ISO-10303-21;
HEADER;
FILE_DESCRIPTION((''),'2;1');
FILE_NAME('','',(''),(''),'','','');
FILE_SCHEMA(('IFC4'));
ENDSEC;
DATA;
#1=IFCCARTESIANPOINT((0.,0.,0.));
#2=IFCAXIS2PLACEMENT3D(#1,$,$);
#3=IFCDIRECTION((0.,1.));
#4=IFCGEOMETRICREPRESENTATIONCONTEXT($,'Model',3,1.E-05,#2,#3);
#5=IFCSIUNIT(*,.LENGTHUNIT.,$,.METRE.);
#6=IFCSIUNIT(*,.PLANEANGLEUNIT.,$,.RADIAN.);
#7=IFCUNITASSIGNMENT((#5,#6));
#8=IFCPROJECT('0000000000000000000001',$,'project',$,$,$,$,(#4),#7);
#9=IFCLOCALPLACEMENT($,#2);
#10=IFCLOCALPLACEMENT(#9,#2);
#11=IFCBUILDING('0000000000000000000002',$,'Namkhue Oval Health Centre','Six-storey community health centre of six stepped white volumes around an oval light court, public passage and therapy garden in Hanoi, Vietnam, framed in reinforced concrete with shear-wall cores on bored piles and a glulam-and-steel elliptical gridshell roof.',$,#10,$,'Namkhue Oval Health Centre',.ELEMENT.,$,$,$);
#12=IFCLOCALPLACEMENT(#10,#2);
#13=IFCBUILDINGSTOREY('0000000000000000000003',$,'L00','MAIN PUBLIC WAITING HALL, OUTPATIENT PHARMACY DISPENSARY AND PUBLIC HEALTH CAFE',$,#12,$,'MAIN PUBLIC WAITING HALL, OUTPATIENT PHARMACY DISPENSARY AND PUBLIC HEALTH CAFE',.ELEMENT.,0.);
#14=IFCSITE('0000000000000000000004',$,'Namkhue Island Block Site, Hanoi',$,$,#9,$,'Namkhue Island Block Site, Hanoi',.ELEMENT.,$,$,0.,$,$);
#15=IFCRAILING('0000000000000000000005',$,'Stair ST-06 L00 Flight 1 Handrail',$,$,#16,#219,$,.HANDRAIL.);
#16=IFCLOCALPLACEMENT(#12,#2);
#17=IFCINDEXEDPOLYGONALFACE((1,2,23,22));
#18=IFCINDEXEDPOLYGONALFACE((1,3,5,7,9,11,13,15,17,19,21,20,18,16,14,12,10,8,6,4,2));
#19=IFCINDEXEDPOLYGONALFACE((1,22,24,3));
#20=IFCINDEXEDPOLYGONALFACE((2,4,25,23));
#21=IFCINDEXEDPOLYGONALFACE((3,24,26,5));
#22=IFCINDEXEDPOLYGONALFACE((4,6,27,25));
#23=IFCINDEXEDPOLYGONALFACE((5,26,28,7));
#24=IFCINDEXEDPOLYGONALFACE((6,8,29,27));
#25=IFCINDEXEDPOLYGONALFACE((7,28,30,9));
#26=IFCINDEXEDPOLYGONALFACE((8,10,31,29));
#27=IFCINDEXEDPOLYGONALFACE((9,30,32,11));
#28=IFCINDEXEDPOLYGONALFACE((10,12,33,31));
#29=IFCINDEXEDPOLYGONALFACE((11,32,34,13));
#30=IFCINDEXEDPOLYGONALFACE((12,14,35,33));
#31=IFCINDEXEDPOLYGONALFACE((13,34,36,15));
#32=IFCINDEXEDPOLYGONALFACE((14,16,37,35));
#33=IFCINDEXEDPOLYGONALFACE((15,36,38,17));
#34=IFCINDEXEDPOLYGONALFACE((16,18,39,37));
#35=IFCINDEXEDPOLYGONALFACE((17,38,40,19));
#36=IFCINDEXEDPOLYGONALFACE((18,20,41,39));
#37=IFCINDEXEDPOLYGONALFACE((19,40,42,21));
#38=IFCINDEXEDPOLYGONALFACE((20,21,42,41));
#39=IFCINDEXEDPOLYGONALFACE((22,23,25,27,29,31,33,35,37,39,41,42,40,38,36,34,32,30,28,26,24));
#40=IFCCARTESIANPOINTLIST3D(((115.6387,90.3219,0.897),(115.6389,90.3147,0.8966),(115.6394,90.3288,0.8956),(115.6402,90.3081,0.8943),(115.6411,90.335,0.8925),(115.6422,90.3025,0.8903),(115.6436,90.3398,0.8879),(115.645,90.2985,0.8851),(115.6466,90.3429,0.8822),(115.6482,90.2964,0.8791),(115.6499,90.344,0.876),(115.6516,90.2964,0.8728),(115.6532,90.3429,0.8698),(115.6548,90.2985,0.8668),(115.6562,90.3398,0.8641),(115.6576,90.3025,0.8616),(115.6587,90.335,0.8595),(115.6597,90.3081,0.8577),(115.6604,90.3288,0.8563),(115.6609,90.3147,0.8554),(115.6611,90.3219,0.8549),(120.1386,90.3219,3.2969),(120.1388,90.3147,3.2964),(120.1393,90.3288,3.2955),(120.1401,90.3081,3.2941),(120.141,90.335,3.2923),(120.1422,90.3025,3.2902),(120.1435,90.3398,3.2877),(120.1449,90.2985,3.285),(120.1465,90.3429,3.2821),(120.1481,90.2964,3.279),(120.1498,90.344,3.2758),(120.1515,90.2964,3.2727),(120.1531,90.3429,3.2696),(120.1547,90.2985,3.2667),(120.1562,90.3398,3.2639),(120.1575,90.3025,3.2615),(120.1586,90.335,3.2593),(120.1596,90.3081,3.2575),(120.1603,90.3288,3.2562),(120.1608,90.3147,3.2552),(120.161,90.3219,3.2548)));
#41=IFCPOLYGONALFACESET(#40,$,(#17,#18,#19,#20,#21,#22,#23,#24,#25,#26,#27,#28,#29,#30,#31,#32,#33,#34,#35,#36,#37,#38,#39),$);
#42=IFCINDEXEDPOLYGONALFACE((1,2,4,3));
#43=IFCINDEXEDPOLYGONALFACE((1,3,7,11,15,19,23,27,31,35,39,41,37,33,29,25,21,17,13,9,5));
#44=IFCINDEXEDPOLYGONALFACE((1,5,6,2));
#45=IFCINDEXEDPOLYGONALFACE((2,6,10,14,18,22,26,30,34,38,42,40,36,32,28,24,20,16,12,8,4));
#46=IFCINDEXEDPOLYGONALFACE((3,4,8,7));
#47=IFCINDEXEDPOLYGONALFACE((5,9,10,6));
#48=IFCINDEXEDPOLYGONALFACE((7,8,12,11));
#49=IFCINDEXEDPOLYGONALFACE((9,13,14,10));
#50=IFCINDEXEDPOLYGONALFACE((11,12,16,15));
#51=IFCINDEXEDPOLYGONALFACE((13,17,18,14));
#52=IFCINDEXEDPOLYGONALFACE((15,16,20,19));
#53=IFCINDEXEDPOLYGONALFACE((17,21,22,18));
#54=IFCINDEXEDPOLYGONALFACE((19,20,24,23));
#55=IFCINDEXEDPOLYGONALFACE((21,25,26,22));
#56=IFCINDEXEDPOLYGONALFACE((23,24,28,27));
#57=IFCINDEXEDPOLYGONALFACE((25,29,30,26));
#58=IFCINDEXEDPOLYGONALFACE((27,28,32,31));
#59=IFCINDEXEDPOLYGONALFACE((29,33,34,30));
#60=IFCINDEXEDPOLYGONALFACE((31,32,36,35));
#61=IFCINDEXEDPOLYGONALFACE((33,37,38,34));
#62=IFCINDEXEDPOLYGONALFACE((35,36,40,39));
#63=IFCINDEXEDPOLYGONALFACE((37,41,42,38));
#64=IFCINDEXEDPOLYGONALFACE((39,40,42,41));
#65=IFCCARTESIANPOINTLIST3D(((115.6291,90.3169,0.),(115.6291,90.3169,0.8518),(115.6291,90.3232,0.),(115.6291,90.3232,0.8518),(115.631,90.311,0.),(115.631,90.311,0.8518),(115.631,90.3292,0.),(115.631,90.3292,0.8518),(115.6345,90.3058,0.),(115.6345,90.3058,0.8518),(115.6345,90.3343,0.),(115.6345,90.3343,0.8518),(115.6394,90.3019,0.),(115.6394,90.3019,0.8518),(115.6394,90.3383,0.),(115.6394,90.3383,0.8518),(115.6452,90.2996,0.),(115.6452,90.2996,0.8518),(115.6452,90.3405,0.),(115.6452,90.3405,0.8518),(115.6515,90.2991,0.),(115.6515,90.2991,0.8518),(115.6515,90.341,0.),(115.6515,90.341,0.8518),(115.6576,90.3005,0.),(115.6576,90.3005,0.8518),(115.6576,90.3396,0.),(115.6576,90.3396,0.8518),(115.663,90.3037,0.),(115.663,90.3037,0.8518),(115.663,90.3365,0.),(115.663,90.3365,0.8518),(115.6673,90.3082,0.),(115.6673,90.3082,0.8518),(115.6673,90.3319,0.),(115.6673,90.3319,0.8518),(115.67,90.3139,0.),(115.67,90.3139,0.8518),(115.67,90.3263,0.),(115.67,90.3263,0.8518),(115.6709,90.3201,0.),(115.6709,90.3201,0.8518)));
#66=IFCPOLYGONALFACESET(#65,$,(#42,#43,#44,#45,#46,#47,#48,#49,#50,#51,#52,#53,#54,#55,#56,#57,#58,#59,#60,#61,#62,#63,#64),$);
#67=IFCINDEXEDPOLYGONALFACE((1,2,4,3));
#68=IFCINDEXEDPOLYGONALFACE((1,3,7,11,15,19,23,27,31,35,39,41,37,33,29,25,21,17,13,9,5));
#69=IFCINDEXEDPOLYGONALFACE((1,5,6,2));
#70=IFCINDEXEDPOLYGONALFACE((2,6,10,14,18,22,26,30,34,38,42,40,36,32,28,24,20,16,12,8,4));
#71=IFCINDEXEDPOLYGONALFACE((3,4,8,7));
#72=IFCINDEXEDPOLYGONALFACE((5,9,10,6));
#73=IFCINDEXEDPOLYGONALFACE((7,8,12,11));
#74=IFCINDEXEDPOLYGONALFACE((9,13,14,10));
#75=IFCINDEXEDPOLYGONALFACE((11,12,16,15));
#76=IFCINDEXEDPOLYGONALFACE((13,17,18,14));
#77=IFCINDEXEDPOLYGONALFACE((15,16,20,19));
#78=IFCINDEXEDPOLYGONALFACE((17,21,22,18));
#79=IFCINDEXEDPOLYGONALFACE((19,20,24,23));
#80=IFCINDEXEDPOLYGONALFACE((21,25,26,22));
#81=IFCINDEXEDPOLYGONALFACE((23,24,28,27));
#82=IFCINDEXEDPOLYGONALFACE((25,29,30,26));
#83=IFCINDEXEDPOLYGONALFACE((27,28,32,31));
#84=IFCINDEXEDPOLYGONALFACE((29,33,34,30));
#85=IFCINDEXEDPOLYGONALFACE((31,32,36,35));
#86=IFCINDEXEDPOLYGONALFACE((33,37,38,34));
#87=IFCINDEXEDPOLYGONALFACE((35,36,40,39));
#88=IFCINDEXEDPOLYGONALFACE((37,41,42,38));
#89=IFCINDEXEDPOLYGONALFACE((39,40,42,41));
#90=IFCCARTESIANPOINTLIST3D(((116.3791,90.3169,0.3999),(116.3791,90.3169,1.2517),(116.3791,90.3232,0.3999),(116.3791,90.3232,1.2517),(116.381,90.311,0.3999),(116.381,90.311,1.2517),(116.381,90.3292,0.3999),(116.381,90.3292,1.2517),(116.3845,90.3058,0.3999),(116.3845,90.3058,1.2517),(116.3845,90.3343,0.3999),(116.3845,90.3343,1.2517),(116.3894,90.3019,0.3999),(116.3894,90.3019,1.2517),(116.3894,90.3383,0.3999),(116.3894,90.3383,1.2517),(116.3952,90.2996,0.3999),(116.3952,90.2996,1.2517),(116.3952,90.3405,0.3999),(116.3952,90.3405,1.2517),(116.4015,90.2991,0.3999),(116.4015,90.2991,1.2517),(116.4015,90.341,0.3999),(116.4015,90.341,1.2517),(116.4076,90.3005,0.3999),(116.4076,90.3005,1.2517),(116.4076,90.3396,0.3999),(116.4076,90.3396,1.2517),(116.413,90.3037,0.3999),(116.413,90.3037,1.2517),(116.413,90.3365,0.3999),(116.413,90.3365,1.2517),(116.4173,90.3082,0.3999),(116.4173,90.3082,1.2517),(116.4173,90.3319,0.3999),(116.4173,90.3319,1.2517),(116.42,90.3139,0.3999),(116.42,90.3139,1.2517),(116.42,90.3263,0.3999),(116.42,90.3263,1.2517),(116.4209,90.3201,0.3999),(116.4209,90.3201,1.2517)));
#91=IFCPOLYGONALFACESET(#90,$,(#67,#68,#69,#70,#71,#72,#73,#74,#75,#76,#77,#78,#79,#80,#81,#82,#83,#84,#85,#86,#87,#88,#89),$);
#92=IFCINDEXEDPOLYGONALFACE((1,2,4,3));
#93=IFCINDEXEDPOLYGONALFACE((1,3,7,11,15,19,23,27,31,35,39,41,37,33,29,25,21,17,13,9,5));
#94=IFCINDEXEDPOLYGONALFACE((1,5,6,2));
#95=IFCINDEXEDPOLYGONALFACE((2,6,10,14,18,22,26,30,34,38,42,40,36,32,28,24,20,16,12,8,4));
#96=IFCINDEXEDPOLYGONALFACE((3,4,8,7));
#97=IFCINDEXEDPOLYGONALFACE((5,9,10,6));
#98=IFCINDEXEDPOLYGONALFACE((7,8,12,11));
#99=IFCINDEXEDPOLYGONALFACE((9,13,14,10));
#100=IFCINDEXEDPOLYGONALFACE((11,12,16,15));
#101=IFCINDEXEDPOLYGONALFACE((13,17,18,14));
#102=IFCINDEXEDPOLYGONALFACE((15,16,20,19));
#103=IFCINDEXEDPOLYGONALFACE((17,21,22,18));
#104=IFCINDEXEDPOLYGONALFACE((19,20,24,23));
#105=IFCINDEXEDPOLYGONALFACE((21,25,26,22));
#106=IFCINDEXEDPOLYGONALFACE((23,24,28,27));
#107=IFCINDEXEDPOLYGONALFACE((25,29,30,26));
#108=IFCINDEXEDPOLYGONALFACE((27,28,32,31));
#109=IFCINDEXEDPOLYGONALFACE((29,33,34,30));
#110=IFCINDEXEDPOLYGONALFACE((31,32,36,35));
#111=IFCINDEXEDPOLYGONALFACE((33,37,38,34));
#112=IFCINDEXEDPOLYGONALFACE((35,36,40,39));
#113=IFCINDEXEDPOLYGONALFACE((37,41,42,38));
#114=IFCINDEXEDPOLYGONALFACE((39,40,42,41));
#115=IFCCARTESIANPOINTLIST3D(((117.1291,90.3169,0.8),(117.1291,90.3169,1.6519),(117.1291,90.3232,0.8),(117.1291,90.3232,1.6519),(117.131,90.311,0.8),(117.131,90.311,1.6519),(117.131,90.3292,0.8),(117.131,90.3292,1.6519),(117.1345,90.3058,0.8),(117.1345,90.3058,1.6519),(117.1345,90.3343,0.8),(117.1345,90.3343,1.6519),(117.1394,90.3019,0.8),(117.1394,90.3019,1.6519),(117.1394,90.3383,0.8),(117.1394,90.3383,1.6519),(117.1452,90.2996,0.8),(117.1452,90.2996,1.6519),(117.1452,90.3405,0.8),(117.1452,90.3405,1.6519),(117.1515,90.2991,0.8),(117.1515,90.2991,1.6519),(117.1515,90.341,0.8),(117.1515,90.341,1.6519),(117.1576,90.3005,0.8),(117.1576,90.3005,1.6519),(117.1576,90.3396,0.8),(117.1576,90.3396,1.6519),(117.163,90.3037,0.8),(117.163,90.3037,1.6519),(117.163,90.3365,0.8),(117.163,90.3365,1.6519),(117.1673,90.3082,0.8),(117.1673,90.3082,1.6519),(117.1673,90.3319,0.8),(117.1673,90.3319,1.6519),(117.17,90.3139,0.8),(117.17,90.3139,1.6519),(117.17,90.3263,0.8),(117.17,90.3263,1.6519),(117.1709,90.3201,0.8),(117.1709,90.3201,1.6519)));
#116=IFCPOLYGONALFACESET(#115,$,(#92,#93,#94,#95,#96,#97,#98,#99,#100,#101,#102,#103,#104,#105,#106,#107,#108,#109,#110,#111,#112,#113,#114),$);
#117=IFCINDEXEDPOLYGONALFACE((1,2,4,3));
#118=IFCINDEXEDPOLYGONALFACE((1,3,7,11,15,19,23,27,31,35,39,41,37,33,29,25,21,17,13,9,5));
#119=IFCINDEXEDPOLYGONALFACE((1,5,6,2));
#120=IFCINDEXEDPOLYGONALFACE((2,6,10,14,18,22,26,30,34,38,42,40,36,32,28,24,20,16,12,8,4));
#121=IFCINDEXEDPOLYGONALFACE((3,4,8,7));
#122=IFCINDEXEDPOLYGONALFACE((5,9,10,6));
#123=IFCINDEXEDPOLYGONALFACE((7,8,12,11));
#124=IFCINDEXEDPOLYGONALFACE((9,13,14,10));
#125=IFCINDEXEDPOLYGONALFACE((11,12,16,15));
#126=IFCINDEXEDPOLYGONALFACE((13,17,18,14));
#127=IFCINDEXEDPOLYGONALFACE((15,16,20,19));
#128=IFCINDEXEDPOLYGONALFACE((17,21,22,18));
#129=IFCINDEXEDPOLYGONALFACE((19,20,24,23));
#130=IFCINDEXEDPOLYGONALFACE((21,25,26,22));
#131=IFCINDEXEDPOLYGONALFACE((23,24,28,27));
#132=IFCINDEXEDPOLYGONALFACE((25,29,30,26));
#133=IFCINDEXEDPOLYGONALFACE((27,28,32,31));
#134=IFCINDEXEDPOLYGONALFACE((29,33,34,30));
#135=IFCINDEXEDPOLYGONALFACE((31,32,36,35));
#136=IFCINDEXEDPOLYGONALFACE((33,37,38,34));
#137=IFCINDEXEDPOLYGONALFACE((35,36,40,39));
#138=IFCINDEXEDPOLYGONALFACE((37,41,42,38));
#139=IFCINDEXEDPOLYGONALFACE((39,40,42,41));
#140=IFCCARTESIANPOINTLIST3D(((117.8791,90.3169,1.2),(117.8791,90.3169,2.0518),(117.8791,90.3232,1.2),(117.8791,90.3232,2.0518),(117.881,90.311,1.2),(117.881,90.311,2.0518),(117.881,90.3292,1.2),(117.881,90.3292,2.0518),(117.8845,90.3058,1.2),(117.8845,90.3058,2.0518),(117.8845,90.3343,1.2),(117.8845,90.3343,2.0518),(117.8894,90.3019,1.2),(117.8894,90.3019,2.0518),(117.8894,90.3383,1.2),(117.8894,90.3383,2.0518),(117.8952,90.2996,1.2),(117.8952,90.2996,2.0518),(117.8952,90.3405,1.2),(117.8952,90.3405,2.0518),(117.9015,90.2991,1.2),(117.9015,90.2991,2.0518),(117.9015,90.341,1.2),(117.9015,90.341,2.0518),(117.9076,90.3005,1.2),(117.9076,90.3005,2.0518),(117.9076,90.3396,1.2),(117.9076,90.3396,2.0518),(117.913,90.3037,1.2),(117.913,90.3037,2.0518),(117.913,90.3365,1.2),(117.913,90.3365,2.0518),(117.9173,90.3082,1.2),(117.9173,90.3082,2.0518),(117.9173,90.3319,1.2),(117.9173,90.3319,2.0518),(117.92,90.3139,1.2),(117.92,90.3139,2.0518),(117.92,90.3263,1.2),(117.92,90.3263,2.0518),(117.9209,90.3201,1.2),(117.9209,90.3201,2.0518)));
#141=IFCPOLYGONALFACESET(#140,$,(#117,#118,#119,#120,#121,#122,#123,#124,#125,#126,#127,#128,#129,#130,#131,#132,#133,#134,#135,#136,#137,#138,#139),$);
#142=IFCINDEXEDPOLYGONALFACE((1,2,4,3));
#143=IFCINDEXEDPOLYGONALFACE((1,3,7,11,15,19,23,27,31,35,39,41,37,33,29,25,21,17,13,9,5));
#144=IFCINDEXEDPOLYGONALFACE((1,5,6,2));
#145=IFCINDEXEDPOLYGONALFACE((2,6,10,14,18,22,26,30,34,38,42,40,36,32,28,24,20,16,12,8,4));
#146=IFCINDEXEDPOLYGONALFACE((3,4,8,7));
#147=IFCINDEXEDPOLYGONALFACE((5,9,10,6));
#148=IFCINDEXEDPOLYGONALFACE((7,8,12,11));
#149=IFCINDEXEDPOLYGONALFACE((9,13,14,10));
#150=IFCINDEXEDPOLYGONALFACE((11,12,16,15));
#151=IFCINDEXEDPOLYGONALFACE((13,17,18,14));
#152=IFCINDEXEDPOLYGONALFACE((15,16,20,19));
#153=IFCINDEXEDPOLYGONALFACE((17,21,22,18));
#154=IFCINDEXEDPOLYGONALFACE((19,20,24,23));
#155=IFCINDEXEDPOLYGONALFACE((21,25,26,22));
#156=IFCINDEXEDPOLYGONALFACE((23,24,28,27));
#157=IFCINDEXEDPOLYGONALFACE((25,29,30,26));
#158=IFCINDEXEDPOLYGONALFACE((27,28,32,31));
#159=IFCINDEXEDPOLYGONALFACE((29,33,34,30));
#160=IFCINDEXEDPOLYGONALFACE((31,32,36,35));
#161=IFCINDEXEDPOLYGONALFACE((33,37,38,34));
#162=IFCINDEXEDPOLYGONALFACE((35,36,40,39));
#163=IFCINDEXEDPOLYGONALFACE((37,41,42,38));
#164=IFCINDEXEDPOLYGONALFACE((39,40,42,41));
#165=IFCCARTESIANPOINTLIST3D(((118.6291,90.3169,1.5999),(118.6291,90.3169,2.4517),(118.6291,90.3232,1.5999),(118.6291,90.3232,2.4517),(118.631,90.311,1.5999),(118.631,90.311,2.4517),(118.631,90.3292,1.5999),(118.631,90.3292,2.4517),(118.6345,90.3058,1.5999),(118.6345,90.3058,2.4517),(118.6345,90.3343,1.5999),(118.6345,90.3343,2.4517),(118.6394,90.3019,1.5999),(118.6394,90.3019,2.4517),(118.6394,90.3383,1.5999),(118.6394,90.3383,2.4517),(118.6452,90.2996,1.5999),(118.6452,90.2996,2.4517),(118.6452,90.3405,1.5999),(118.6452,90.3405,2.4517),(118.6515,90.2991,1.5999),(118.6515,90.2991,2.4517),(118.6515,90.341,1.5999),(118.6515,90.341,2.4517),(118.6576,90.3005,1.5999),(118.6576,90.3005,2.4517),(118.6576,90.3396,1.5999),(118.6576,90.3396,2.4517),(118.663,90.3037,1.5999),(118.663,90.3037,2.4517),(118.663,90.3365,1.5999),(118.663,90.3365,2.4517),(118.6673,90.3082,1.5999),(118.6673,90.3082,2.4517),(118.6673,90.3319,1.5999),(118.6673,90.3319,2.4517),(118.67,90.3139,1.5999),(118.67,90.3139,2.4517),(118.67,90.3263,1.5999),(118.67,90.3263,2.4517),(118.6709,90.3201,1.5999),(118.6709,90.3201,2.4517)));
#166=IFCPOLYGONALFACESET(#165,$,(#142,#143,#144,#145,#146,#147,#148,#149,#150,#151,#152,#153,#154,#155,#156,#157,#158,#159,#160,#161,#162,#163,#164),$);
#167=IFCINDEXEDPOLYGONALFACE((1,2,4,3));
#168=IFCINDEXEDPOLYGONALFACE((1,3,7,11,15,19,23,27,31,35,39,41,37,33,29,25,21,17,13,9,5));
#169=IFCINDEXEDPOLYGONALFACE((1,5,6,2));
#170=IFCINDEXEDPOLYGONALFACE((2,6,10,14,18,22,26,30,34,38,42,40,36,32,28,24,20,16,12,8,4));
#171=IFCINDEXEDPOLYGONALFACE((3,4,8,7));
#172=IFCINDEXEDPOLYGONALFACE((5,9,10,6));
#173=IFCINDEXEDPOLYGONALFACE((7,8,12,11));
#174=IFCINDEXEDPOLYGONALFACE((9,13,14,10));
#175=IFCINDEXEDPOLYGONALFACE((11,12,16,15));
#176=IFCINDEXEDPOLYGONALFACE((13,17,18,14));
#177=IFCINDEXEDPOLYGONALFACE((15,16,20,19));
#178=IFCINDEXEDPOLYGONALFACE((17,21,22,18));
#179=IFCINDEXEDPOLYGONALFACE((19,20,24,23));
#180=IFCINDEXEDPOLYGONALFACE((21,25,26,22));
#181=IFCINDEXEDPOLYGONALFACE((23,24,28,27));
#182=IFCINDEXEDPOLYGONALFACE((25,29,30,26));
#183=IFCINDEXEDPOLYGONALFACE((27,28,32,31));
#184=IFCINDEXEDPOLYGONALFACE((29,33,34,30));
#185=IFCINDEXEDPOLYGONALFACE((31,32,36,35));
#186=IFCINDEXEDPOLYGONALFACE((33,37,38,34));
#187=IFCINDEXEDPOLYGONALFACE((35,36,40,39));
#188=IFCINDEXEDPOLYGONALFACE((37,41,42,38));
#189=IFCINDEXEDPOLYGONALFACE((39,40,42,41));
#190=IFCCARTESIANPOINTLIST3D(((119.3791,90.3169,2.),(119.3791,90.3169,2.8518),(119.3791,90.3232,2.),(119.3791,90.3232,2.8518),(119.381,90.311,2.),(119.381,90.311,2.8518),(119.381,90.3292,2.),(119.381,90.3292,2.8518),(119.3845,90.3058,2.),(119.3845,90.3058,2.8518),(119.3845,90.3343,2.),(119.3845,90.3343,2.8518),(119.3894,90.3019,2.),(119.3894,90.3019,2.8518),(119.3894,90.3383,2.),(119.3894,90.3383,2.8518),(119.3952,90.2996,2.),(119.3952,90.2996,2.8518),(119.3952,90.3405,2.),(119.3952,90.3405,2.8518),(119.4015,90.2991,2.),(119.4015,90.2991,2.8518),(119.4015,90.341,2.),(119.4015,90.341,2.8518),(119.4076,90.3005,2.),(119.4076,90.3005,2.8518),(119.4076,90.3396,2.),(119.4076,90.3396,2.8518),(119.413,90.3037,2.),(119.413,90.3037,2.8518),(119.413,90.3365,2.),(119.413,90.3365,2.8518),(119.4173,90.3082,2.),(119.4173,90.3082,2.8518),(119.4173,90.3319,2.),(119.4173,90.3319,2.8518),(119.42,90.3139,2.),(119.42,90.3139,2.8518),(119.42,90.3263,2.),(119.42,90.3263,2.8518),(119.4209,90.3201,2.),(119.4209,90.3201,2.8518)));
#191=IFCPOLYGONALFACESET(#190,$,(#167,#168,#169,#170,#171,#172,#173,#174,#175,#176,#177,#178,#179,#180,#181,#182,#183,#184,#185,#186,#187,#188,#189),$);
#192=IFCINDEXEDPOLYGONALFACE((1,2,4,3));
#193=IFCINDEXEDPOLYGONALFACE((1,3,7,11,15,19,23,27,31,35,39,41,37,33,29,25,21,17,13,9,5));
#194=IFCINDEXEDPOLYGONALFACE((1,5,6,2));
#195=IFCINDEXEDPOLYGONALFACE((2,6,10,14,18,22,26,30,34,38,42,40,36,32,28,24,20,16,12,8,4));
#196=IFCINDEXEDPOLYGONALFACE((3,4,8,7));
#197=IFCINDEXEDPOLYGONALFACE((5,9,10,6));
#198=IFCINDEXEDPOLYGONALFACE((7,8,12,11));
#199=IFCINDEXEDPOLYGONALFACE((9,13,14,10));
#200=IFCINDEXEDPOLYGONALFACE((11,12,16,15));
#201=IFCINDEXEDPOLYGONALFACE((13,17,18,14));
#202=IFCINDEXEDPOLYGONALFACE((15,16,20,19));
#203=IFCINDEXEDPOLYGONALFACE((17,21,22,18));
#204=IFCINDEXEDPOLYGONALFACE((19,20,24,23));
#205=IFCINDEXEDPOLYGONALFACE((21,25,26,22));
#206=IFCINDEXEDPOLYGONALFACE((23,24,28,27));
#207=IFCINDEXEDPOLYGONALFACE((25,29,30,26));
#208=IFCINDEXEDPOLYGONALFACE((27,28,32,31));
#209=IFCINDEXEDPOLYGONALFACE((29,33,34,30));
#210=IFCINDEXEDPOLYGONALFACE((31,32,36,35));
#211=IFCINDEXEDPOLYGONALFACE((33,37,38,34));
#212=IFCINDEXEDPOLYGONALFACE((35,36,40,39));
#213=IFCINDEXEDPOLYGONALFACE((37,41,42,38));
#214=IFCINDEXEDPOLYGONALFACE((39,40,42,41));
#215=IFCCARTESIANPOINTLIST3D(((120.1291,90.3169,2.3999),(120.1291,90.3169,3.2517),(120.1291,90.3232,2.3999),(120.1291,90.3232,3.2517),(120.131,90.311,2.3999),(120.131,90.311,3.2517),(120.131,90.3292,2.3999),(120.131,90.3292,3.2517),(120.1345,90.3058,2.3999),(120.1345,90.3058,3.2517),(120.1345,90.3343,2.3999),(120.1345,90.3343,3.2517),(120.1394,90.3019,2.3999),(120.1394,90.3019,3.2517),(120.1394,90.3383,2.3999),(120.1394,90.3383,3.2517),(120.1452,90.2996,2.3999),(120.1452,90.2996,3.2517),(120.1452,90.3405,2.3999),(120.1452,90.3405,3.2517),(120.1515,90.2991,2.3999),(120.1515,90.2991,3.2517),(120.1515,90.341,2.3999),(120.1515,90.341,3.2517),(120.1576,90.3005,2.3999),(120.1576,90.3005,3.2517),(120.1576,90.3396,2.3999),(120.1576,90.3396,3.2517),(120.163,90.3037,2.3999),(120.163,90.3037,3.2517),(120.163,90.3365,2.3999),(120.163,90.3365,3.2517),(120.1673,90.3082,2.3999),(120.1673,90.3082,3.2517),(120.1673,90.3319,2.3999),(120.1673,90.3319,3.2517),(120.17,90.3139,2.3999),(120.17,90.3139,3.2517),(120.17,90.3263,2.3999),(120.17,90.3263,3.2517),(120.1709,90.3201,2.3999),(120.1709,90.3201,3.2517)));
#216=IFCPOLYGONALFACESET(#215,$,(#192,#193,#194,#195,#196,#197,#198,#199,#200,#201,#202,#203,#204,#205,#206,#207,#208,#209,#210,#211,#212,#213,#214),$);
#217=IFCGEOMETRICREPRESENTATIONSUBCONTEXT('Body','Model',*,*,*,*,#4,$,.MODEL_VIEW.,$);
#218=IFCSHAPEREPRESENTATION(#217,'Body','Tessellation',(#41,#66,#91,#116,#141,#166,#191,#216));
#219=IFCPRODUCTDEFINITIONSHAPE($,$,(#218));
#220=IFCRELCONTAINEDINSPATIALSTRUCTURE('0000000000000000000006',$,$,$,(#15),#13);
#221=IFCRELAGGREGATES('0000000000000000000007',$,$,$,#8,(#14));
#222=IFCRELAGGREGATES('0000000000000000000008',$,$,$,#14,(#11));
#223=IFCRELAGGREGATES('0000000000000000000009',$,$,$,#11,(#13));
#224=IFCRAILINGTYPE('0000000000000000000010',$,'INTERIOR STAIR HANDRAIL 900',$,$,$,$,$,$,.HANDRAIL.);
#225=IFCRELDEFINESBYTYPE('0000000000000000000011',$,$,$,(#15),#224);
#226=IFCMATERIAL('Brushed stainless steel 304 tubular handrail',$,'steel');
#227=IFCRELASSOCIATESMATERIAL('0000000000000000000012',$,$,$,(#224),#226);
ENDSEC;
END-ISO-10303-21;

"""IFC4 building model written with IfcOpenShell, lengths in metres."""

from ifc_helpers import new_model, si_unit, direction, frame, origin, origin_2d, place, context, subcontext, project, spatial, circle, extrude, material, type_object, element, save


model = new_model("IFC4")

# Units and contexts
model_context = context("Model", 3, precision=1e-05, world=origin(), true_north=direction((0.0, 1.0)))
body_context = subcontext(model_context, "Body", "Model", "MODEL_VIEW")
ifc_project = project(units=[si_unit("LENGTHUNIT", "METRE"), si_unit("PLANEANGLEUNIT", "RADIAN")], contexts=[model_context])

# Site, building, storey
site_placement = place(None, origin())
site = spatial("IfcSite", under=ifc_project, at=site_placement, Name="Namkhue Island Block Site, Hanoi", LongName="Namkhue Island Block Site, Hanoi", CompositionType="ELEMENT", RefElevation=0.0)
building_placement = place(site_placement, origin())
building = spatial("IfcBuilding", under=site, at=building_placement, Name="Namkhue Oval Health Centre", Description="Six-storey community health centre of six stepped white volumes around an oval light court, public passage and therapy garden in Hanoi, Vietnam, framed in reinforced concrete with shear-wall cores on bored piles and a glulam-and-steel elliptical gridshell roof.", LongName="Namkhue Oval Health Centre", CompositionType="ELEMENT")
storey_placement = place(building_placement, origin())
storey = spatial("IfcBuildingStorey", under=building, at=storey_placement, Name="L00", Description="MAIN PUBLIC WAITING HALL, OUTPATIENT PHARMACY DISPENSARY AND PUBLIC HEALTH CAFE", LongName="MAIN PUBLIC WAITING HALL, OUTPATIENT PHARMACY DISPENSARY AND PUBLIC HEALTH CAFE", CompositionType="ELEMENT", Elevation=0.0)

# Railing
ifc_material_1 = material(Name="Brushed stainless steel 304 tubular handrail", Category="steel")
railing_type_1 = type_object("IfcRailingType", Name="INTERIOR STAIR HANDRAIL 900", PredefinedType="HANDRAIL", material=ifc_material_1)
railing_1_placement = place(storey_placement, frame((115.6499, 90.3201, 0.0)))
element("IfcRailing", 1, at=railing_1_placement, inside=storey, type_object=railing_type_1, Name="Stair ST-06 L00 Flight 1 Handrail", PredefinedType="HANDRAIL", context=body_context, shape_type="SweptSolid", body=[
    extrude(circle(Radius=0.0239, at=origin_2d()), frame((0.0, 0.0, 0.876), z_axis=(0.882361, 0.0, 0.470573), x_axis=(0.0, 1.0, 0.0)), (0.0, 0.0, 1.0), 5.0999),
    extrude(circle(Radius=0.021, at=origin_2d()), origin(), (0.0, 0.0, 1.0), 0.8518),
    extrude(circle(Radius=0.021, at=origin_2d()), frame((0.75, 0.0, 0.3999)), (0.0, 0.0, 1.0), 0.8518),
    extrude(circle(Radius=0.021, at=origin_2d()), frame((1.5, 0.0, 0.8)), (0.0, 0.0, 1.0), 0.8518),
    extrude(circle(Radius=0.021, at=origin_2d()), frame((2.25, 0.0, 1.2)), (0.0, 0.0, 1.0), 0.8518),
    extrude(circle(Radius=0.021, at=origin_2d()), frame((3.0, 0.0, 1.5999)), (0.0, 0.0, 1.0), 0.8518),
    extrude(circle(Radius=0.021, at=origin_2d()), frame((3.75, 0.0, 2.0)), (0.0, 0.0, 1.0), 0.8518),
    extrude(circle(Radius=0.021, at=origin_2d()), frame((4.5, 0.0, 2.3999)), (0.0, 0.0, 1.0), 0.8518),
])

save(model, "model.ifc")
